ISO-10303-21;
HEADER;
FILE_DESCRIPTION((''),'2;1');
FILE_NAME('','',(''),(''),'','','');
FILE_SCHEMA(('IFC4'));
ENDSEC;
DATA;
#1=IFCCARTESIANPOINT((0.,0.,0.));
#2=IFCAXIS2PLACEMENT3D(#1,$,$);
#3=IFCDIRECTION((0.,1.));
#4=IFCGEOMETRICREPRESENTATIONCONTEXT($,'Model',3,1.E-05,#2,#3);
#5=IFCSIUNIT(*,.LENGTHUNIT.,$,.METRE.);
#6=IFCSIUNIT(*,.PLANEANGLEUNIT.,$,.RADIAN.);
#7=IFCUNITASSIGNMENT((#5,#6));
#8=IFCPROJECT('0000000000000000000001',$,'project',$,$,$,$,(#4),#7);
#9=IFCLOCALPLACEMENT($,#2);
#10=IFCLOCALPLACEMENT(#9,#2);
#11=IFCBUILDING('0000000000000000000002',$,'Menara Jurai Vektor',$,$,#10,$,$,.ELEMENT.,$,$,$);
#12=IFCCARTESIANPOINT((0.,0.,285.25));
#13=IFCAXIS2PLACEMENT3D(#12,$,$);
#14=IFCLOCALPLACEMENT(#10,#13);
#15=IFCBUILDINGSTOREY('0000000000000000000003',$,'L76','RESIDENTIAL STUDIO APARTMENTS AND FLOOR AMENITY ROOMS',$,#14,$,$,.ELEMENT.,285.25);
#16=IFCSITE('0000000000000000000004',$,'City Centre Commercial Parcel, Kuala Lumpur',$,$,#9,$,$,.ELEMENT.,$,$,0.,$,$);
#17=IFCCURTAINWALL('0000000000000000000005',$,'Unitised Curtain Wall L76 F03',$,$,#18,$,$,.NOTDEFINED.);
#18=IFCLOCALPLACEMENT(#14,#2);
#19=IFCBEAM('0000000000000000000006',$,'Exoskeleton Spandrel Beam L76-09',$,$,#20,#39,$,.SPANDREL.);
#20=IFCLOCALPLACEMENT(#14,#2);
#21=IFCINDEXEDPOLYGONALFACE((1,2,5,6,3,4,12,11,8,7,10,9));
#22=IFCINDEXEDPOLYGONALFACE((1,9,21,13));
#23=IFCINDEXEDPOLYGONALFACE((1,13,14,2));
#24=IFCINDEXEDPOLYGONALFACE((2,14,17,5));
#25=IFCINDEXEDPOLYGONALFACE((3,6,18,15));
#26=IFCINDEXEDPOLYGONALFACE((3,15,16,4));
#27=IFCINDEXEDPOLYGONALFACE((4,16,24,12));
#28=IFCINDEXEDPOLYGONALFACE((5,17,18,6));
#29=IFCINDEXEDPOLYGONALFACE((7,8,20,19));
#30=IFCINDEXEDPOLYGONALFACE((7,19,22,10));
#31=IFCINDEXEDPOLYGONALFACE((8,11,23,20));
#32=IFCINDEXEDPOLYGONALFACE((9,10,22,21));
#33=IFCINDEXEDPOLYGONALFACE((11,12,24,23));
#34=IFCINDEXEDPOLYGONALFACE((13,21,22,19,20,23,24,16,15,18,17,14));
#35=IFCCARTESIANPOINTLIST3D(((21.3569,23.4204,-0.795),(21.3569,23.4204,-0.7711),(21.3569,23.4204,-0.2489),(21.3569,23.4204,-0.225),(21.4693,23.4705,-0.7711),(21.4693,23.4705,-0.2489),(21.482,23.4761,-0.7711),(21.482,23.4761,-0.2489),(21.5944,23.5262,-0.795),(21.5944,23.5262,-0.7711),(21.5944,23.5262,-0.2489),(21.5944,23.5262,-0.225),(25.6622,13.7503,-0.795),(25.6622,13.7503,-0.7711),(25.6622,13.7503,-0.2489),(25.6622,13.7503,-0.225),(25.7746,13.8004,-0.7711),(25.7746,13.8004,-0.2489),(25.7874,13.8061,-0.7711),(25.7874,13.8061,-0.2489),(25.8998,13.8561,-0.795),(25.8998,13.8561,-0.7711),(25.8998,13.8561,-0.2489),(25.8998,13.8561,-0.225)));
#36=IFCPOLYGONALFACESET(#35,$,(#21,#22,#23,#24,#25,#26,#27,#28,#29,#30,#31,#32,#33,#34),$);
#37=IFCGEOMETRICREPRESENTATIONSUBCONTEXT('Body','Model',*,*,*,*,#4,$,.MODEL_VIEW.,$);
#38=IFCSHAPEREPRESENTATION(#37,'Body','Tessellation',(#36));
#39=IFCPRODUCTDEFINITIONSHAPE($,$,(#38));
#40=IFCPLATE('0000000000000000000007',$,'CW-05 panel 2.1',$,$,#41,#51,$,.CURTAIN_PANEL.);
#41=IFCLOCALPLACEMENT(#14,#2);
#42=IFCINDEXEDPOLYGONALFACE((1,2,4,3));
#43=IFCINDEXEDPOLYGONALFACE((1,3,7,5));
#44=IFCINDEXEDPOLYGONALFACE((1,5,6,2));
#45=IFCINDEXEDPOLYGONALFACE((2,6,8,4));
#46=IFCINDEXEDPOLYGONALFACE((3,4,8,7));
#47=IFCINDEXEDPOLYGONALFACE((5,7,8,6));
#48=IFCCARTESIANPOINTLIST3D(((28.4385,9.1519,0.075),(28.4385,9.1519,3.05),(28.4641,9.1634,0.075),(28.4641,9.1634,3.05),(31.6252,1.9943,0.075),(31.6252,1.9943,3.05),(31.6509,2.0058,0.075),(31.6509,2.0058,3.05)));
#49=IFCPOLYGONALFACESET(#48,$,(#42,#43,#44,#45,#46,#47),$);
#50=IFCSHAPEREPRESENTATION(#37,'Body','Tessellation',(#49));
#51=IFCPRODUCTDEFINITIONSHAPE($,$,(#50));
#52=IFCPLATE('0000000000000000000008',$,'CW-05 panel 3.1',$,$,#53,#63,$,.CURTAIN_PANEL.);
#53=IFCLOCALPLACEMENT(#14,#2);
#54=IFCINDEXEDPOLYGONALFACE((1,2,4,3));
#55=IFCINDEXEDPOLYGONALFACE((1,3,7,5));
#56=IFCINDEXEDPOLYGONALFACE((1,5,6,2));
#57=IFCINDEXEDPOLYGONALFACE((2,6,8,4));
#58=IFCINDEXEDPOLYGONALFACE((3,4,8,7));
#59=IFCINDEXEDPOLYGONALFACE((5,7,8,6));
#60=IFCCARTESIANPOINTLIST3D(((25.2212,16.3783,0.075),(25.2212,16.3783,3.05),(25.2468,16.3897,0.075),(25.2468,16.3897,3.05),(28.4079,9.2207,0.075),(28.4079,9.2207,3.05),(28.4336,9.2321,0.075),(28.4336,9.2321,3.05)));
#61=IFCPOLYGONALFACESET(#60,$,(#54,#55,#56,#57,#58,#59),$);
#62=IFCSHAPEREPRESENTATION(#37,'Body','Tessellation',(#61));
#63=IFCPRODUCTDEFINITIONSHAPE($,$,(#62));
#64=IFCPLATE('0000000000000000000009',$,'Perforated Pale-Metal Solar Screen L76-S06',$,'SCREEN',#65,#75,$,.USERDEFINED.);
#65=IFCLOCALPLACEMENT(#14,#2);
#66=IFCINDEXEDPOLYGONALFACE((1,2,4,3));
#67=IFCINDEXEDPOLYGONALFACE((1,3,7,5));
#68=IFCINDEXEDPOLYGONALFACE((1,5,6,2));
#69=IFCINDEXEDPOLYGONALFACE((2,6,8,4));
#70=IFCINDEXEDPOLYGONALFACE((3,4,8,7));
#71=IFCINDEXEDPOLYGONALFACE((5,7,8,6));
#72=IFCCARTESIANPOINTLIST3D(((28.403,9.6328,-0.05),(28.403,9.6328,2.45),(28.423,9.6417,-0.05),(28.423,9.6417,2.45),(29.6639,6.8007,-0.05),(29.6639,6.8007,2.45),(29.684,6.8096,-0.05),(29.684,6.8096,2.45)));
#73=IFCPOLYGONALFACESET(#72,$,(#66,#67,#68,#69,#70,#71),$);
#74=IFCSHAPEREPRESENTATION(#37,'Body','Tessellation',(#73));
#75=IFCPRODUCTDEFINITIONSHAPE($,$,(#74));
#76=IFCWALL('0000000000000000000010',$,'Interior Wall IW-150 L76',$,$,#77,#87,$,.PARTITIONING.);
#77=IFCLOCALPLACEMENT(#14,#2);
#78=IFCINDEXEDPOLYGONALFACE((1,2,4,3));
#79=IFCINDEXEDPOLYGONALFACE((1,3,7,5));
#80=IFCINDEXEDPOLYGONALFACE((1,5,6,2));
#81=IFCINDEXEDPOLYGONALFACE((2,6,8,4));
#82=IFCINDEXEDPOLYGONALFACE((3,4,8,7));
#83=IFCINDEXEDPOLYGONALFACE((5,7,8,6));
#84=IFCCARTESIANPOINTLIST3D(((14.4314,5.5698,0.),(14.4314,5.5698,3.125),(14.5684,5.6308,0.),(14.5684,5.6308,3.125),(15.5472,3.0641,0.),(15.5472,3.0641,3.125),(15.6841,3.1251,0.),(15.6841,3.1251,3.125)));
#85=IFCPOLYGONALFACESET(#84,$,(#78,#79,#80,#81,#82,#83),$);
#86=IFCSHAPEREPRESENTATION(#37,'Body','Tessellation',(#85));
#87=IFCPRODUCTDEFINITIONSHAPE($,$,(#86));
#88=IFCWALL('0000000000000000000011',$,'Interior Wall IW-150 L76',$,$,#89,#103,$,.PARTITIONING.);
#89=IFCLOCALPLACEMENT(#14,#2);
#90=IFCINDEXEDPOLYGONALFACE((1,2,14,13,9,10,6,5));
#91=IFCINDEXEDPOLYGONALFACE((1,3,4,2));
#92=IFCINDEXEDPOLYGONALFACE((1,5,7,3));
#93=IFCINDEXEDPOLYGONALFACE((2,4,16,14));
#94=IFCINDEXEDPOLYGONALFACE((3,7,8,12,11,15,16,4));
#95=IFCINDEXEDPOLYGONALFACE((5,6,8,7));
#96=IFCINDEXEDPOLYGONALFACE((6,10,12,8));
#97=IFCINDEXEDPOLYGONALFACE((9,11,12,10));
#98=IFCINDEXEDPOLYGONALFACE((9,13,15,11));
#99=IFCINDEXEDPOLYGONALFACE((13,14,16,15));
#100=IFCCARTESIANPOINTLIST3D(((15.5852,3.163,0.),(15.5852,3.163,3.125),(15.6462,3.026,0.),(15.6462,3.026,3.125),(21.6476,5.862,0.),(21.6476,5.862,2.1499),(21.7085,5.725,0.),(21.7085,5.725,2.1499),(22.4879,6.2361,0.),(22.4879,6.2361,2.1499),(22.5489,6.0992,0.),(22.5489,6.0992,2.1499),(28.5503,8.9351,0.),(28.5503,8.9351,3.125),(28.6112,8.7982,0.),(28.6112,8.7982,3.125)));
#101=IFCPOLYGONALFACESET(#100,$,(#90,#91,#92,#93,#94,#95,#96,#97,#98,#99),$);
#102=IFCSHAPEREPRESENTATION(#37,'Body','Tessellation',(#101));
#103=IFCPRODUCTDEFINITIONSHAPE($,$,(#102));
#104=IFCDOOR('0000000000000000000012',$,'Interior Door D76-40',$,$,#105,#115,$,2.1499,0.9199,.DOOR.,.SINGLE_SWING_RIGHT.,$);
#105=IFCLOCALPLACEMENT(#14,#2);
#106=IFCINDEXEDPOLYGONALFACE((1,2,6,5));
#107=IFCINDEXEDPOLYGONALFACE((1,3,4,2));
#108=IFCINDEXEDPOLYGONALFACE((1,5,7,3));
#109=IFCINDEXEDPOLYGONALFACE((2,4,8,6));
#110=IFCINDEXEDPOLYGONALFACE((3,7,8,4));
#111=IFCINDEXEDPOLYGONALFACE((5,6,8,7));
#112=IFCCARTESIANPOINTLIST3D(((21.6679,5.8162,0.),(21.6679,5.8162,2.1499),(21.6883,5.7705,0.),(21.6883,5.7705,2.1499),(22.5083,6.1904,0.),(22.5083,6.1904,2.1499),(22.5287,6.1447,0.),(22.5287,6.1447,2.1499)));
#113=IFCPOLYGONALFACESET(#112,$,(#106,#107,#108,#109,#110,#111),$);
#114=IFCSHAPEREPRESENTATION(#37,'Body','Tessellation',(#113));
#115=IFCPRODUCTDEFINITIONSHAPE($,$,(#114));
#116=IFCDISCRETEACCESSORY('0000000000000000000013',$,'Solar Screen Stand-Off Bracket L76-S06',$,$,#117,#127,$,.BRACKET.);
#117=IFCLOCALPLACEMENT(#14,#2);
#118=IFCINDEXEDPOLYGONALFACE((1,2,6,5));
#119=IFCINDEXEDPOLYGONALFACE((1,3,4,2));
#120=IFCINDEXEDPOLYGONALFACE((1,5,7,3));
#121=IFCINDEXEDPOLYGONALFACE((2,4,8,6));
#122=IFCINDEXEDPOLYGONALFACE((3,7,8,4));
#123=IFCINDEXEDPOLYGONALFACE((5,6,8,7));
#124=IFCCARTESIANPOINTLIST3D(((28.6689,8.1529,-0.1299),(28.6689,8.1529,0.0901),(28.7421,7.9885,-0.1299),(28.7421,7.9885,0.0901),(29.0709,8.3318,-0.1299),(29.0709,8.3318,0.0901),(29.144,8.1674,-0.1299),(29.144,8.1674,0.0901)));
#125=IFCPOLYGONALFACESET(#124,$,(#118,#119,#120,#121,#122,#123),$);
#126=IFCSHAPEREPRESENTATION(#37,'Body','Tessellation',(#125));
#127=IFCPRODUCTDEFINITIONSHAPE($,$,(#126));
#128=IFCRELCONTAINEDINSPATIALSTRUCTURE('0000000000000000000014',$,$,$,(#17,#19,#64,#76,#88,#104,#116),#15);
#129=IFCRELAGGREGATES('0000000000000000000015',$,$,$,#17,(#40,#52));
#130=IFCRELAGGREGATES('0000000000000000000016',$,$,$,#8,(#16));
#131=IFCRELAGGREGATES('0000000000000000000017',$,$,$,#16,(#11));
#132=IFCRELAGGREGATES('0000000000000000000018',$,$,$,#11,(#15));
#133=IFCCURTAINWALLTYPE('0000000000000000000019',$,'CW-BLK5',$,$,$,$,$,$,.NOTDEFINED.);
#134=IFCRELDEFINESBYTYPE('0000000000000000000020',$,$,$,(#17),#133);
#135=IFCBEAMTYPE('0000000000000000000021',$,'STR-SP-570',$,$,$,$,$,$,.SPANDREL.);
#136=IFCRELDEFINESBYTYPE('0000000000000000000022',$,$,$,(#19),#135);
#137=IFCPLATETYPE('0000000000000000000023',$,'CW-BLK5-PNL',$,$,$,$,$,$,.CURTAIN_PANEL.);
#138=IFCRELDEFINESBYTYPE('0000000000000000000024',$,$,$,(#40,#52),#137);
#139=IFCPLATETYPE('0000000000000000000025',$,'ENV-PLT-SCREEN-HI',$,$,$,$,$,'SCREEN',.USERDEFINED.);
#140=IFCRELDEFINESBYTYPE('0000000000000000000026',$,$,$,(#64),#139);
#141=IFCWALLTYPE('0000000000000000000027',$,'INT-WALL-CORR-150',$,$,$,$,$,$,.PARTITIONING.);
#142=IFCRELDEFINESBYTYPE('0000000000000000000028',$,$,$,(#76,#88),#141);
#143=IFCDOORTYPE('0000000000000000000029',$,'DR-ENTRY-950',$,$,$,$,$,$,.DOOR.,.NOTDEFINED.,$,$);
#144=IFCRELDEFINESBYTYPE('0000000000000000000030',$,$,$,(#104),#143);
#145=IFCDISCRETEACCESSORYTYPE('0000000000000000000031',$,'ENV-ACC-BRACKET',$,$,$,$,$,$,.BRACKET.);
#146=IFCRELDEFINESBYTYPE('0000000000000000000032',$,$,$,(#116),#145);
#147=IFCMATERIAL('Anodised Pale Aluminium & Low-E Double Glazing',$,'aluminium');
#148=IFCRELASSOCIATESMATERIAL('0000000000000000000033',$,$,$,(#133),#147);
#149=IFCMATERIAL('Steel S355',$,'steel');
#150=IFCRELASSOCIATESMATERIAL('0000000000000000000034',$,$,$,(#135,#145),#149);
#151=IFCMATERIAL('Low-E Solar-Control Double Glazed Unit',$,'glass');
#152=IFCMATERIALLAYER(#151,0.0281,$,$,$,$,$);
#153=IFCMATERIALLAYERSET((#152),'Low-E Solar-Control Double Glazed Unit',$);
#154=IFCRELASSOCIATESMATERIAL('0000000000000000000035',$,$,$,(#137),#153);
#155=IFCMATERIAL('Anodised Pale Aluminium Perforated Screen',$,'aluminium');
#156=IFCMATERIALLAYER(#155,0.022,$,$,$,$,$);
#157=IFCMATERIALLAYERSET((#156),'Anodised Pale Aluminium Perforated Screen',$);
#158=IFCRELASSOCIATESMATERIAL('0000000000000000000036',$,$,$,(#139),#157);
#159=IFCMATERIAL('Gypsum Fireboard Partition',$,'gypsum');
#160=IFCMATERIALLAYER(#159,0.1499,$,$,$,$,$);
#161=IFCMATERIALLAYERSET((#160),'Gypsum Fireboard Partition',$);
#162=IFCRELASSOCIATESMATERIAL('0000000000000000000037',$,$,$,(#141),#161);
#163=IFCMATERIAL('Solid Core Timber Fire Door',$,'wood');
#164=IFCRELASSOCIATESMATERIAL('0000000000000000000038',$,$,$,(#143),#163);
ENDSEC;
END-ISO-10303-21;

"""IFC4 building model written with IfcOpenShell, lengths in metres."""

from ifc_helpers import new_model, si_unit, direction, frame, frame_2d, origin, origin_2d, place, context, subcontext, project, spatial, rectangle, i_section, extrude, material, layer, layer_set, material_profile, profile_set, type_object, element, fill, aggregate, save


model = new_model("IFC4")

# Units and contexts
model_context = context("Model", 3, precision=1e-05, world=origin(), true_north=direction((0.0, 1.0)))
body_context = subcontext(model_context, "Body", "Model", "MODEL_VIEW")
ifc_project = project(units=[si_unit("LENGTHUNIT", "METRE"), si_unit("PLANEANGLEUNIT", "RADIAN")], contexts=[model_context])

# Site, building, storey
site_placement = place(None, origin())
site = spatial("IfcSite", under=ifc_project, at=site_placement, Name="City Centre Commercial Parcel, Kuala Lumpur", CompositionType="ELEMENT", RefElevation=0.0)
building_placement = place(site_placement, origin())
building = spatial("IfcBuilding", under=site, at=building_placement, Name="Menara Jurai Vektor", CompositionType="ELEMENT")
storey_placement = place(building_placement, frame((0.0, 0.0, 285.25)))
storey = spatial("IfcBuildingStorey", under=building, at=storey_placement, Name="L76", Description="RESIDENTIAL STUDIO APARTMENTS AND FLOOR AMENITY ROOMS", CompositionType="ELEMENT", Elevation=285.25)

# Curtain wall
ifc_material_1 = material(Name="Anodised Pale Aluminium & Low-E Double Glazing", Category="aluminium")
curtain_wall_type = type_object("IfcCurtainWallType", Name="CW-BLK5", PredefinedType="NOTDEFINED", material=ifc_material_1)
curtain_wall_placement = place(storey_placement, origin())
curtain_wall = element("IfcCurtainWall", 1, at=curtain_wall_placement, inside=storey, type_object=curtain_wall_type, Name="Unitised Curtain Wall L76 F03", PredefinedType="NOTDEFINED")

# Beam
ifc_material_2 = material(Name="Steel S355", Category="steel")
ifc_material_profile_1 = material_profile(ifc_material_2, i_section(OverallWidth=0.26, OverallDepth=0.5701, WebThickness=0.0139, FlangeThickness=0.0239, at=origin_2d()), Name="PG 570x260x145")
ifc_profile_set_1 = profile_set([ifc_material_profile_1], Name="Steel S355")
beam_type_1 = type_object("IfcBeamType", Name="STR-SP-570", PredefinedType="SPANDREL", material=ifc_profile_set_1)
beam_1_placement = place(storey_placement, frame((25.781, 13.8032, -0.51), z_axis=(-0.406735, 0.913546, 0.0), x_axis=(-0.913546, -0.406735, 0.0)))
element("IfcBeam", 2, at=beam_1_placement, inside=storey, type_object=beam_type_1, Name="Exoskeleton Spandrel Beam L76-09", PredefinedType="SPANDREL", context=body_context, shape_type="SweptSolid", body=[
    extrude(i_section(OverallWidth=0.26, OverallDepth=0.5701, WebThickness=0.0139, FlangeThickness=0.0239, at=origin_2d()), origin(), (0.0, 0.0, 1.0), 10.5852),
])

# Plates
ifc_material_3 = material(Name="Low-E Solar-Control Double Glazed Unit", Category="glass")
ifc_layer_1 = layer(ifc_material_3, 0.0281)
ifc_layer_set_1 = layer_set([ifc_layer_1], Name="Low-E Solar-Control Double Glazed Unit")
plate_type_1 = type_object("IfcPlateType", Name="CW-BLK5-PNL", PredefinedType="CURTAIN_PANEL", material=ifc_layer_set_1)
plate_1_placement = place(storey_placement, frame((30.0447, 5.5789, 0.075), z_axis=(0.0, 0.0, 1.0), x_axis=(-0.406735, 0.913546, 0.0)))
plate_1 = element("IfcPlate", 3, at=plate_1_placement, type_object=plate_type_1, Name="CW-05 panel 2.1", PredefinedType="CURTAIN_PANEL", context=body_context, shape_type="SweptSolid", body=[
    extrude(rectangle(XDim=7.835, YDim=0.0281, at=origin_2d()), origin(), (0.0, 0.0, 1.0), 2.9751),
])
plate_2_placement = place(storey_placement, frame((26.8274, 12.8052, 0.075), z_axis=(0.0, 0.0, 1.0), x_axis=(-0.406735, 0.913546, 0.0)))
plate_2 = element("IfcPlate", 4, at=plate_2_placement, type_object=plate_type_1, Name="CW-05 panel 3.1", PredefinedType="CURTAIN_PANEL", context=body_context, shape_type="SweptSolid", body=[
    extrude(rectangle(XDim=7.835, YDim=0.0281, at=origin_2d()), origin(), (0.0, 0.0, 1.0), 2.9751),
])
aggregate(curtain_wall, [plate_1, plate_2])
ifc_material_4 = material(Name="Anodised Pale Aluminium Perforated Screen", Category="aluminium")
ifc_layer_2 = layer(ifc_material_4, 0.022)
ifc_layer_set_2 = layer_set([ifc_layer_2], Name="Anodised Pale Aluminium Perforated Screen")
plate_type_2 = type_object("IfcPlateType", Name="ENV-PLT-SCREEN-HI", ElementType="SCREEN", PredefinedType="USERDEFINED", material=ifc_layer_set_2)
plate_3_placement = place(storey_placement, frame((29.0435, 8.2212, -0.05), z_axis=(0.0, 0.0, 1.0), x_axis=(-0.406737, 0.913545, 0.0)))
element("IfcPlate", 5, at=plate_3_placement, inside=storey, type_object=plate_type_2, Name="Perforated Pale-Metal Solar Screen L76-S06", ObjectType="SCREEN", PredefinedType="USERDEFINED", context=body_context, shape_type="SweptSolid", body=[
    extrude(rectangle(XDim=3.1001, YDim=0.022, at=origin_2d()), origin(), (0.0, 0.0, 1.0), 2.5),
])

# Wall
ifc_material_5 = material(Name="Gypsum Fireboard Partition", Category="gypsum")
ifc_layer_3 = layer(ifc_material_5, 0.1499)
ifc_layer_set_3 = layer_set([ifc_layer_3], Name="Gypsum Fireboard Partition")
wall_type = type_object("IfcWallType", Name="INT-WALL-CORR-150", PredefinedType="PARTITIONING", material=ifc_layer_set_3)
wall_1_placement = place(storey_placement, frame((15.6157, 3.0945, 0.0), z_axis=(0.0, 0.0, 1.0), x_axis=(-0.406783, 0.913525, 0.0)))
element("IfcWall", 6, at=wall_1_placement, inside=storey, type_object=wall_type, Name="Interior Wall IW-150 L76", PredefinedType="PARTITIONING", context=body_context, shape_type="SweptSolid", body=[
    extrude(rectangle(XDim=2.7429, YDim=0.1499, at=frame_2d((1.3716, 0.0))), origin(), (0.0, 0.0, 1.0), 3.125),
])

# Wall, opening, door
wall_2_placement = place(storey_placement, frame((15.6157, 3.0945, 0.0), z_axis=(0.0, 0.0, 1.0), x_axis=(0.913551, 0.406724, 0.0)))
wall_2 = element("IfcWall", 7, at=wall_2_placement, inside=storey, type_object=wall_type, Name="Interior Wall IW-150 L76", PredefinedType="PARTITIONING", context=body_context, shape_type="SweptSolid", body=[
    extrude(rectangle(XDim=14.1919, YDim=0.1499, at=frame_2d((7.0959, 0.0))), origin(), (0.0, 0.0, 1.0), 3.125),
])
opening_placement = place(wall_2_placement, frame((6.636, 0.0, 0.0)))
opening = element("IfcOpeningElement", 8, at=opening_placement, cuts=wall_2, PredefinedType="OPENING", context=body_context, shape_type="SweptSolid", body=[
    extrude(rectangle(XDim=0.9199, YDim=2.1499, at=frame_2d((0.46, 1.075))), frame((0.0, 0.085, 0.0), z_axis=(0.0, -1.0, 0.0), x_axis=(1.0, 0.0, 0.0)), (0.0, 0.0, 1.0), 0.1699),
])
ifc_material_6 = material(Name="Solid Core Timber Fire Door", Category="wood")
door_type = type_object("IfcDoorType", Name="DR-ENTRY-950", OperationType="NOTDEFINED", PredefinedType="DOOR", material=ifc_material_6)
door_placement = place(opening_placement, origin())
door = element("IfcDoor", 9, at=door_placement, inside=storey, type_object=door_type, Name="Interior Door D76-40", OperationType="SINGLE_SWING_RIGHT", OverallHeight=2.1499, OverallWidth=0.9199, PredefinedType="DOOR", context=body_context, shape_type="SweptSolid", body=[
    extrude(rectangle(XDim=0.9199, YDim=2.1499, at=frame_2d((0.46, 1.075))), frame((0.0, 0.0249, 0.0), z_axis=(0.0, -1.0, 0.0), x_axis=(1.0, 0.0, 0.0)), (0.0, 0.0, 1.0), 0.05),
])
fill(opening, door)

# Discrete accessory
discrete_accessory_type = type_object("IfcDiscreteAccessoryType", Name="ENV-ACC-BRACKET", PredefinedType="BRACKET", material=ifc_material_2)
discrete_accessory_placement = place(storey_placement, frame((28.9065, 8.1602, -0.1299), z_axis=(0.0, 0.0, 1.0), x_axis=(-0.406737, 0.913545, 0.0)))
element("IfcDiscreteAccessory", 10, at=discrete_accessory_placement, inside=storey, type_object=discrete_accessory_type, Name="Solar Screen Stand-Off Bracket L76-S06", PredefinedType="BRACKET", context=body_context, shape_type="SweptSolid", body=[
    extrude(rectangle(XDim=0.1799, YDim=0.4399, at=origin_2d()), origin(), (0.0, 0.0, 1.0), 0.22),
])

save(model, "model.ifc")
